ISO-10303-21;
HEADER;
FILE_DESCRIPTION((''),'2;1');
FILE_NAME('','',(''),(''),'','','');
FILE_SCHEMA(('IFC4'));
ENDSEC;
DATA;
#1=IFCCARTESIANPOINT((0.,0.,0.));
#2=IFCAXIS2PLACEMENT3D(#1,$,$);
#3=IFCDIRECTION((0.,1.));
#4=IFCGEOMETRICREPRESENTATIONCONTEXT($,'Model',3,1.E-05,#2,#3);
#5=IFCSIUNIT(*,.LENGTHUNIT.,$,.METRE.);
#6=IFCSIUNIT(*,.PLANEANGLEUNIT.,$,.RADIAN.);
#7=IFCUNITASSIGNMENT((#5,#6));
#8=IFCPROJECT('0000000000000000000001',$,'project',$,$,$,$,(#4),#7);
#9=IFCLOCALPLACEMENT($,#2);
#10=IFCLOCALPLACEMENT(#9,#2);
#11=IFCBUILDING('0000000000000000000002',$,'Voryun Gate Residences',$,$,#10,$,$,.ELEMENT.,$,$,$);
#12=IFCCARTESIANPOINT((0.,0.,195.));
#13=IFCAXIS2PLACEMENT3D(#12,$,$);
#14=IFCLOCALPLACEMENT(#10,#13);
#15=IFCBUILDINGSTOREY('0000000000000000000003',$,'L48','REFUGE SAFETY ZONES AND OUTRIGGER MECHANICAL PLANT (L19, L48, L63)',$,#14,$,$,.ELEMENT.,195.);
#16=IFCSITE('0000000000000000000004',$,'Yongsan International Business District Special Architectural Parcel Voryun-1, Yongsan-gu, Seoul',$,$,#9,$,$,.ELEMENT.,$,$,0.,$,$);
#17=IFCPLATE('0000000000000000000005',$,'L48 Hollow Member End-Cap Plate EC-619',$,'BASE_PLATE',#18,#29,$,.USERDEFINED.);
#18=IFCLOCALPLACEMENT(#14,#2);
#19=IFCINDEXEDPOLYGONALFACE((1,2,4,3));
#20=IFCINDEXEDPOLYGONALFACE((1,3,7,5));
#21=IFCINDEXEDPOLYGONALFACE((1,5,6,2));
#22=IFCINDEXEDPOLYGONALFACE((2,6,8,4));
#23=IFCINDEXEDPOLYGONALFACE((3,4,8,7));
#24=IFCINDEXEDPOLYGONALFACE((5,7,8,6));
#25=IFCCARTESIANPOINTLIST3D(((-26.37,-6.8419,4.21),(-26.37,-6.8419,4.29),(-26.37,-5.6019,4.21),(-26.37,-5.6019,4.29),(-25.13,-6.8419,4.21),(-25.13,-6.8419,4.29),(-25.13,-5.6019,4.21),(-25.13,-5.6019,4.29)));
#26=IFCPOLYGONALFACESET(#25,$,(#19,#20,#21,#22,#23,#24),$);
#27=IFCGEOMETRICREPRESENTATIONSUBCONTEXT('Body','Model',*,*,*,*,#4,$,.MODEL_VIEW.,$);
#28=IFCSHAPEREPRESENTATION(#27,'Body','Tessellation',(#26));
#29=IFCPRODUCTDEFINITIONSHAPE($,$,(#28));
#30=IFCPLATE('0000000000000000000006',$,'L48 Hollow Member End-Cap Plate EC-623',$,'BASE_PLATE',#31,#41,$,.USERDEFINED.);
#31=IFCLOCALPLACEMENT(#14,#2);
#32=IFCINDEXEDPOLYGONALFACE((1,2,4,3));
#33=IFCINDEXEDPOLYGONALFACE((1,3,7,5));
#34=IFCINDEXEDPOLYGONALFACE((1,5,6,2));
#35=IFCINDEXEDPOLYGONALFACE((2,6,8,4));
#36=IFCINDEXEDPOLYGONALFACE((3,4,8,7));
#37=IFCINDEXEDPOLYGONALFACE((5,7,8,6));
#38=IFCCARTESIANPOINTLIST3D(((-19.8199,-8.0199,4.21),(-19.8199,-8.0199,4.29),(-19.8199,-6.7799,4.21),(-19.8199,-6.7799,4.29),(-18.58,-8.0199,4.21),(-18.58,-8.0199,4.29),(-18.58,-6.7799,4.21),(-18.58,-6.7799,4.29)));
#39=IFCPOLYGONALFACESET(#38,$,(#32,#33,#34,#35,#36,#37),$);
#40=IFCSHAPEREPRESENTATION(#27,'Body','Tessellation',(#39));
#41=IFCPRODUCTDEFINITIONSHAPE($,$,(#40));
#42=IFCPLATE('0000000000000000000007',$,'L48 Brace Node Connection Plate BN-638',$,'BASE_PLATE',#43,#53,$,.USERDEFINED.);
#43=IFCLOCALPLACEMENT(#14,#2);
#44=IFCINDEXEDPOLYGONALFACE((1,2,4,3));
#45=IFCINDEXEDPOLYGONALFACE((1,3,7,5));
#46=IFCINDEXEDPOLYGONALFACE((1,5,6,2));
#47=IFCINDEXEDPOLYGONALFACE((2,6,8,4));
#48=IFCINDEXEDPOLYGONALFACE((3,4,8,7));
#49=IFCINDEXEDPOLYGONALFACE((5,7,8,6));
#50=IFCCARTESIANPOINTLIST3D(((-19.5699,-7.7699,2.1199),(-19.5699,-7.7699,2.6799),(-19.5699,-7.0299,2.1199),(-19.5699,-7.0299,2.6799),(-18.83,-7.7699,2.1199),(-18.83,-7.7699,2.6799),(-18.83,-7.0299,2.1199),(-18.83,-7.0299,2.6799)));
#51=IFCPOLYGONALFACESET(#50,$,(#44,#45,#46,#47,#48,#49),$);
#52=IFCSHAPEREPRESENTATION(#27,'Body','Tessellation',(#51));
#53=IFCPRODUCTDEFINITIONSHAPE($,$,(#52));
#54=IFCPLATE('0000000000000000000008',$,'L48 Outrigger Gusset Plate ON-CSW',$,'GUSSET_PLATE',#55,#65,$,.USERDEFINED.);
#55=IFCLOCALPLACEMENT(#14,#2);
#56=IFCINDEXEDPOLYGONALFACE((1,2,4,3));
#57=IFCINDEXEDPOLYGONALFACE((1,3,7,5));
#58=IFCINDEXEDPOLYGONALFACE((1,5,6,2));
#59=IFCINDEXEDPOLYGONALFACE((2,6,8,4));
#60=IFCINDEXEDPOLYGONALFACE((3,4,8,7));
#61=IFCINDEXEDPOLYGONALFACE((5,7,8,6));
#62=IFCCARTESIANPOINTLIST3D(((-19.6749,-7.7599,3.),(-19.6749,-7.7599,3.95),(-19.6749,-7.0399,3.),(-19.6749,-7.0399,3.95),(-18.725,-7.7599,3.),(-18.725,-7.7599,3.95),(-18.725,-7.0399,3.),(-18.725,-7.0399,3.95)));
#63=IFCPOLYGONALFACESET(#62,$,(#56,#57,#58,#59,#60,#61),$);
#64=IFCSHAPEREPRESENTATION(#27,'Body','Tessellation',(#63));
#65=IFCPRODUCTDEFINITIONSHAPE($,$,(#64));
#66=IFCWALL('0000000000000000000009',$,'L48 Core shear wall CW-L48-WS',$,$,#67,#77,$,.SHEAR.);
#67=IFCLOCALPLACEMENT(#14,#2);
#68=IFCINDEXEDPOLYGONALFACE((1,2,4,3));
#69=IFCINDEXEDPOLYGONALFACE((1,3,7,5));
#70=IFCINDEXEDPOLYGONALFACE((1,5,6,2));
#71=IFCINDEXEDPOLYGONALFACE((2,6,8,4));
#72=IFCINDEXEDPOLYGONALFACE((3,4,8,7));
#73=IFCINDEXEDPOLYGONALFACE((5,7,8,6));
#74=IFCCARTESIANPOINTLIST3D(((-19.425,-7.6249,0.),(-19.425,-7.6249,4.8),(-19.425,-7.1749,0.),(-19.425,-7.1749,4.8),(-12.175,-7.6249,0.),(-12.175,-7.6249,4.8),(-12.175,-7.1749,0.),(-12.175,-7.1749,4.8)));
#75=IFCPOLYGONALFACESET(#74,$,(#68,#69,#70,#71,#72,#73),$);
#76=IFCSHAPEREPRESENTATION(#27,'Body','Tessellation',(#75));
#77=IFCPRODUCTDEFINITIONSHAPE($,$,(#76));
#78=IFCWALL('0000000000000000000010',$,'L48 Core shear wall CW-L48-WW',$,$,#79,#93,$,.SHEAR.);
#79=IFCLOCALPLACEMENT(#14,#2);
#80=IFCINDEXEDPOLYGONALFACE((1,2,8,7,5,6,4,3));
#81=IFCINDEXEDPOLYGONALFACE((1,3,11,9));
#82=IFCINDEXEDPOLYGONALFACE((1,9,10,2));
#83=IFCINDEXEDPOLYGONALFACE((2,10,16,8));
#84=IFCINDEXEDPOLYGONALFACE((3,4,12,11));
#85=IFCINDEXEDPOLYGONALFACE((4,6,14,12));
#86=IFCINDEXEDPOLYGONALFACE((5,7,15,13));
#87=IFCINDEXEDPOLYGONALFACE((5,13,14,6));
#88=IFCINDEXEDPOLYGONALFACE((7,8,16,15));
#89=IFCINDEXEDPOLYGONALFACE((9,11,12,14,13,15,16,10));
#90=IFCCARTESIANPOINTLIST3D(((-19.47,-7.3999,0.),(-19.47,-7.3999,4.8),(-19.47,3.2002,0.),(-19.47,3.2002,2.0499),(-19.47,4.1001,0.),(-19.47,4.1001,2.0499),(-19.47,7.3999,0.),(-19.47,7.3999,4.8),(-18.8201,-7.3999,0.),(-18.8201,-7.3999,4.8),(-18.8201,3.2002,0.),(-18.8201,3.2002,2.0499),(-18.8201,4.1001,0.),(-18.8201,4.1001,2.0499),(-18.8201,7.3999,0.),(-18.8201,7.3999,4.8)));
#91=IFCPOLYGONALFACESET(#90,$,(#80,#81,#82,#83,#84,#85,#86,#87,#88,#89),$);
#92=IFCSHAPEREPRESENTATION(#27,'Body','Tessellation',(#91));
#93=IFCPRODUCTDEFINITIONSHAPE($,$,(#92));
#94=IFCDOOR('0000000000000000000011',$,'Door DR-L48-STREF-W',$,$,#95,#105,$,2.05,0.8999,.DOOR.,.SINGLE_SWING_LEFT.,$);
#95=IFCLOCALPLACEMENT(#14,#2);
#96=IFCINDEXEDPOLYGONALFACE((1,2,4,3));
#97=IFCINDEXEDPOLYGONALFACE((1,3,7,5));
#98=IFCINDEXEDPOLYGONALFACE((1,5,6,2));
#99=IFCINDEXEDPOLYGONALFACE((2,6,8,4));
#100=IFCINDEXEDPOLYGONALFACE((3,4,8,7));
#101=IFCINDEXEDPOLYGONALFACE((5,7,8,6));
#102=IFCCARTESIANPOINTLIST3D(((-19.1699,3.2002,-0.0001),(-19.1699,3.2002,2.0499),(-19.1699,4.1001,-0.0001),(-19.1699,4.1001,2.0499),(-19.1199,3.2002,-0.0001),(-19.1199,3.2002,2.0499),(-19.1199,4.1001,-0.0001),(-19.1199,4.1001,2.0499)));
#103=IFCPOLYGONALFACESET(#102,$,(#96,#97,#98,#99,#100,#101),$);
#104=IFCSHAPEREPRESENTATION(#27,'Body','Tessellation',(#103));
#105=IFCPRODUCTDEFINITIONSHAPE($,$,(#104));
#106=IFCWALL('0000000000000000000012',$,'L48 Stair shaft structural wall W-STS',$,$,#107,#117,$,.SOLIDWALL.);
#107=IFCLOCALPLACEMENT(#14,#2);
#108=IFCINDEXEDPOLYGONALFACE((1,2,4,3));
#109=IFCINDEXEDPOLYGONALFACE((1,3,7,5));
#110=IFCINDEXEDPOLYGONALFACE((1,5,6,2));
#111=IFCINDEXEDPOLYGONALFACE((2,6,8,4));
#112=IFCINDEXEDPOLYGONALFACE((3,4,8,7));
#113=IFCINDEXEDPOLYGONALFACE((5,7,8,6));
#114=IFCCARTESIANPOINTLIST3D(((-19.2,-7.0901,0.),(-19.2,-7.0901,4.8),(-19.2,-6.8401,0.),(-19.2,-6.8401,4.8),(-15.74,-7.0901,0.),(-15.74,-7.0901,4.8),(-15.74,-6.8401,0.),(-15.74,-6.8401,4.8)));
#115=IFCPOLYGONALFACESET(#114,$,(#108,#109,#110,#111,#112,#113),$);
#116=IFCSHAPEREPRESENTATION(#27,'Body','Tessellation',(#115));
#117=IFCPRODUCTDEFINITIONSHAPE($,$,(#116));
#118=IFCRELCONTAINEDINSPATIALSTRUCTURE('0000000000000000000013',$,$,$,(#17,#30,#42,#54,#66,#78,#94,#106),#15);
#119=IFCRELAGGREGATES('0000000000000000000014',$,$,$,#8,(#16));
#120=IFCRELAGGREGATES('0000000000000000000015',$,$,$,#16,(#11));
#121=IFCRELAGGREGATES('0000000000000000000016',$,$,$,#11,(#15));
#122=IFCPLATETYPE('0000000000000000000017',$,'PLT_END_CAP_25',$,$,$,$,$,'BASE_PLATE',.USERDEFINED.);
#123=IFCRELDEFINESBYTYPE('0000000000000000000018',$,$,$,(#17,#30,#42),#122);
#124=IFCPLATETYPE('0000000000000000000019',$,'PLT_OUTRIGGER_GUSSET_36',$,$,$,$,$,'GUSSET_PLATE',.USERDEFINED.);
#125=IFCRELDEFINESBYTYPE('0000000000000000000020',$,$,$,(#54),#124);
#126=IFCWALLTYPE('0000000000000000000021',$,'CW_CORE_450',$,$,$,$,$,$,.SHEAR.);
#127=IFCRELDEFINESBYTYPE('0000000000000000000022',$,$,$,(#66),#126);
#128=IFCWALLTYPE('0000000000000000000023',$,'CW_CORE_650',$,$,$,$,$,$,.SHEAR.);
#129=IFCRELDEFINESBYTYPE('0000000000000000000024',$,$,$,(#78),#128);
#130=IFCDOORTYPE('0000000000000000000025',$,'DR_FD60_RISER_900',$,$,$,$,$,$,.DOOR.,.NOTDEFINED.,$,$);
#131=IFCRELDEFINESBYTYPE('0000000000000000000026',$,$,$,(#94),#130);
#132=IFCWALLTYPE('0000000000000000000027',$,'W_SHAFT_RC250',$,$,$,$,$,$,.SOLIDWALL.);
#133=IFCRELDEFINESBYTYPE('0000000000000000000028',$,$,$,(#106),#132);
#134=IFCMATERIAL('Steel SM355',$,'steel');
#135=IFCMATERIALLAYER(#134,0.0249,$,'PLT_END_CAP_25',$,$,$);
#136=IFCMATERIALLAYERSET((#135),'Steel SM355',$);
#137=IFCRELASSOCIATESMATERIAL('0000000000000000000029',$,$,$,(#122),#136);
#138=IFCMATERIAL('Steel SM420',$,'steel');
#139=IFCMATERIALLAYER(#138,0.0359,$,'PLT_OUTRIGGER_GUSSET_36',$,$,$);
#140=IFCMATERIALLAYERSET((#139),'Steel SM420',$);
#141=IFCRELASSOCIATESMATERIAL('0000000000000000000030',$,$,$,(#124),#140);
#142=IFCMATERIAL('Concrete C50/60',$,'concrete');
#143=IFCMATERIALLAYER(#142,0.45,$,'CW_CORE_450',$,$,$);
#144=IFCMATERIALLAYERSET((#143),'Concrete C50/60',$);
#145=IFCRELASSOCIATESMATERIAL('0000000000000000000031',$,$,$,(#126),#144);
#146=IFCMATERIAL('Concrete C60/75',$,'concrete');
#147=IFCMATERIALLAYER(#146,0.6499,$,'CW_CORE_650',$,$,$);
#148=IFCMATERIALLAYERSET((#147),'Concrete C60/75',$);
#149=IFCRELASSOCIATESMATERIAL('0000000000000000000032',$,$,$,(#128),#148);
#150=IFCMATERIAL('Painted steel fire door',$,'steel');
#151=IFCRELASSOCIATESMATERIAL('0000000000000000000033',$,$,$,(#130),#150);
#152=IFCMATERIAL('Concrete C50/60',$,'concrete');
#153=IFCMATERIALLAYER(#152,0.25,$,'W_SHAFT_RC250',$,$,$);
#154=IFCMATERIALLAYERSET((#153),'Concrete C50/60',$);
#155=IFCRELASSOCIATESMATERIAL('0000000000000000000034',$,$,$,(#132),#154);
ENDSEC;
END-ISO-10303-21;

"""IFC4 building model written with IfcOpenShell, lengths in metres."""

from ifc_helpers import new_model, si_unit, direction, frame, frame_2d, origin, origin_2d, place, context, subcontext, project, spatial, rectangle, extrude, material, layer, layer_set, type_object, element, fill, save


model = new_model("IFC4")

# Units and contexts
model_context = context("Model", 3, precision=1e-05, world=origin(), true_north=direction((0.0, 1.0)))
body_context = subcontext(model_context, "Body", "Model", "MODEL_VIEW")
ifc_project = project(units=[si_unit("LENGTHUNIT", "METRE"), si_unit("PLANEANGLEUNIT", "RADIAN")], contexts=[model_context])

# Site, building, storey
site_placement = place(None, origin())
site = spatial("IfcSite", under=ifc_project, at=site_placement, Name="Yongsan International Business District Special Architectural Parcel Voryun-1, Yongsan-gu, Seoul", CompositionType="ELEMENT", RefElevation=0.0)
building_placement = place(site_placement, origin())
building = spatial("IfcBuilding", under=site, at=building_placement, Name="Voryun Gate Residences", CompositionType="ELEMENT")
storey_placement = place(building_placement, frame((0.0, 0.0, 195.0)))
storey = spatial("IfcBuildingStorey", under=building, at=storey_placement, Name="L48", Description="REFUGE SAFETY ZONES AND OUTRIGGER MECHANICAL PLANT (L19, L48, L63)", CompositionType="ELEMENT", Elevation=195.0)

# Plates
ifc_material_1 = material(Name="Steel SM355", Category="steel")
ifc_layer_1 = layer(ifc_material_1, 0.0249, Name="PLT_END_CAP_25")
ifc_layer_set_1 = layer_set([ifc_layer_1], Name="Steel SM355")
plate_type_1 = type_object("IfcPlateType", Name="PLT_END_CAP_25", ElementType="BASE_PLATE", PredefinedType="USERDEFINED", material=ifc_layer_set_1)
for number, where, z_axis, x_axis, name in (
    (1, (-25.75, -6.2219, 4.21), (0.0, 0.0, 1.0), (1.0, 0.0, 0.0), "L48 Hollow Member End-Cap Plate EC-619"),
    (2, (-19.2, -7.3999, 4.21), (0.0, 0.0, 1.0), (1.0, 0.0, 0.0), "L48 Hollow Member End-Cap Plate EC-623"),
):
    element("IfcPlate", number, at=place(storey_placement, frame(where, z_axis=z_axis, x_axis=x_axis)), inside=storey, type_object=plate_type_1, Name=name, ObjectType="BASE_PLATE", PredefinedType="USERDEFINED", context=body_context, shape_type="SweptSolid", body=[
        extrude(rectangle(XDim=1.24, YDim=1.24, at=origin_2d()), origin(), (0.0, 0.0, 1.0), 0.0801),
    ])
plate_1_placement = place(storey_placement, frame((-19.2, -7.3999, 2.1199), z_axis=(0.0, 0.0, 1.0), x_axis=(1.0, 0.0, 0.0)))
element("IfcPlate", 3, at=plate_1_placement, inside=storey, type_object=plate_type_1, Name="L48 Brace Node Connection Plate BN-638", ObjectType="BASE_PLATE", PredefinedType="USERDEFINED", context=body_context, shape_type="SweptSolid", body=[
    extrude(rectangle(XDim=0.74, YDim=0.74, at=origin_2d()), origin(), (0.0, 0.0, 1.0), 0.5601),
])
ifc_material_2 = material(Name="Steel SM420", Category="steel")
ifc_layer_2 = layer(ifc_material_2, 0.0359, Name="PLT_OUTRIGGER_GUSSET_36")
ifc_layer_set_2 = layer_set([ifc_layer_2], Name="Steel SM420")
plate_type_2 = type_object("IfcPlateType", Name="PLT_OUTRIGGER_GUSSET_36", ElementType="GUSSET_PLATE", PredefinedType="USERDEFINED", material=ifc_layer_set_2)
plate_2_placement = place(storey_placement, frame((-19.2, -7.3999, 3.0), z_axis=(0.0, 0.0, 1.0), x_axis=(1.0, 0.0, 0.0)))
element("IfcPlate", 4, at=plate_2_placement, inside=storey, type_object=plate_type_2, Name="L48 Outrigger Gusset Plate ON-CSW", ObjectType="GUSSET_PLATE", PredefinedType="USERDEFINED", context=body_context, shape_type="SweptSolid", body=[
    extrude(rectangle(XDim=0.95, YDim=0.72, at=origin_2d()), origin(), (0.0, 0.0, 1.0), 0.95),
])

# Wall
ifc_material_3 = material(Name="Concrete C50/60", Category="concrete")
ifc_layer_3 = layer(ifc_material_3, 0.45, Name="CW_CORE_450")
ifc_layer_set_3 = layer_set([ifc_layer_3], Name="Concrete C50/60")
wall_type_1 = type_object("IfcWallType", Name="CW_CORE_450", PredefinedType="SHEAR", material=ifc_layer_set_3)
wall_1_placement = place(storey_placement, frame((-19.425, -7.3999, 0.0), z_axis=(0.0, 0.0, 1.0), x_axis=(1.0, 0.0, 0.0)))
element("IfcWall", 5, at=wall_1_placement, inside=storey, type_object=wall_type_1, Name="L48 Core shear wall CW-L48-WS", PredefinedType="SHEAR", context=body_context, shape_type="SweptSolid", body=[
    extrude(rectangle(XDim=7.25, YDim=0.45, at=frame_2d((3.625, 0.0))), origin(), (0.0, 0.0, 1.0), 4.8),
])

# Wall, opening, door
ifc_material_4 = material(Name="Concrete C60/75", Category="concrete")
ifc_layer_4 = layer(ifc_material_4, 0.6499, Name="CW_CORE_650")
ifc_layer_set_4 = layer_set([ifc_layer_4], Name="Concrete C60/75")
wall_type_2 = type_object("IfcWallType", Name="CW_CORE_650", PredefinedType="SHEAR", material=ifc_layer_set_4)
wall_2_placement = place(storey_placement, frame((-19.145, -7.3999, 0.0), z_axis=(0.0, 0.0, 1.0), x_axis=(0.0, 1.0, 0.0)))
wall_2 = element("IfcWall", 6, at=wall_2_placement, inside=storey, type_object=wall_type_2, Name="L48 Core shear wall CW-L48-WW", PredefinedType="SHEAR", context=body_context, shape_type="SweptSolid", body=[
    extrude(rectangle(XDim=14.7998, YDim=0.6499, at=frame_2d((7.3999, 0.0))), origin(), (0.0, 0.0, 1.0), 4.8),
])
opening_placement = place(wall_2_placement, frame((10.6001, 0.0, 0.0)))
opening = element("IfcOpeningElement", 7, at=opening_placement, cuts=wall_2, PredefinedType="OPENING", context=body_context, shape_type="SweptSolid", body=[
    extrude(rectangle(XDim=0.8999, YDim=2.05, at=frame_2d((0.45, 1.0249))), frame((0.0, 0.335, 0.0), z_axis=(0.0, -1.0, 0.0), x_axis=(1.0, 0.0, 0.0)), (0.0, 0.0, 1.0), 0.6699),
])
ifc_material_5 = material(Name="Painted steel fire door", Category="steel")
door_type = type_object("IfcDoorType", Name="DR_FD60_RISER_900", OperationType="NOTDEFINED", PredefinedType="DOOR", material=ifc_material_5)
door_placement = place(opening_placement, origin())
door = element("IfcDoor", 8, at=door_placement, inside=storey, type_object=door_type, Name="Door DR-L48-STREF-W", OperationType="SINGLE_SWING_LEFT", OverallHeight=2.05, OverallWidth=0.8999, PredefinedType="DOOR", context=body_context, shape_type="SweptSolid", body=[
    extrude(rectangle(XDim=0.8999, YDim=2.05, at=frame_2d((0.45, 1.0249))), frame((0.0, 0.0249, 0.0), z_axis=(0.0, -1.0, 0.0), x_axis=(1.0, 0.0, 0.0)), (0.0, 0.0, 1.0), 0.05),
])
fill(opening, door)

# Wall
ifc_material_6 = material(Name="Concrete C50/60", Category="concrete")
ifc_layer_5 = layer(ifc_material_6, 0.25, Name="W_SHAFT_RC250")
ifc_layer_set_5 = layer_set([ifc_layer_5], Name="Concrete C50/60")
wall_type_3 = type_object("IfcWallType", Name="W_SHAFT_RC250", PredefinedType="SOLIDWALL", material=ifc_layer_set_5)
wall_3_placement = place(storey_placement, frame((-19.2, -6.9651, 0.0), z_axis=(0.0, 0.0, 1.0), x_axis=(1.0, 0.0, 0.0)))
element("IfcWall", 9, at=wall_3_placement, inside=storey, type_object=wall_type_3, Name="L48 Stair shaft structural wall W-STS", PredefinedType="SOLIDWALL", context=body_context, shape_type="SweptSolid", body=[
    extrude(rectangle(XDim=3.46, YDim=0.25, at=frame_2d((1.73, 0.0))), origin(), (0.0, 0.0, 1.0), 4.8),
])

save(model, "model.ifc")
